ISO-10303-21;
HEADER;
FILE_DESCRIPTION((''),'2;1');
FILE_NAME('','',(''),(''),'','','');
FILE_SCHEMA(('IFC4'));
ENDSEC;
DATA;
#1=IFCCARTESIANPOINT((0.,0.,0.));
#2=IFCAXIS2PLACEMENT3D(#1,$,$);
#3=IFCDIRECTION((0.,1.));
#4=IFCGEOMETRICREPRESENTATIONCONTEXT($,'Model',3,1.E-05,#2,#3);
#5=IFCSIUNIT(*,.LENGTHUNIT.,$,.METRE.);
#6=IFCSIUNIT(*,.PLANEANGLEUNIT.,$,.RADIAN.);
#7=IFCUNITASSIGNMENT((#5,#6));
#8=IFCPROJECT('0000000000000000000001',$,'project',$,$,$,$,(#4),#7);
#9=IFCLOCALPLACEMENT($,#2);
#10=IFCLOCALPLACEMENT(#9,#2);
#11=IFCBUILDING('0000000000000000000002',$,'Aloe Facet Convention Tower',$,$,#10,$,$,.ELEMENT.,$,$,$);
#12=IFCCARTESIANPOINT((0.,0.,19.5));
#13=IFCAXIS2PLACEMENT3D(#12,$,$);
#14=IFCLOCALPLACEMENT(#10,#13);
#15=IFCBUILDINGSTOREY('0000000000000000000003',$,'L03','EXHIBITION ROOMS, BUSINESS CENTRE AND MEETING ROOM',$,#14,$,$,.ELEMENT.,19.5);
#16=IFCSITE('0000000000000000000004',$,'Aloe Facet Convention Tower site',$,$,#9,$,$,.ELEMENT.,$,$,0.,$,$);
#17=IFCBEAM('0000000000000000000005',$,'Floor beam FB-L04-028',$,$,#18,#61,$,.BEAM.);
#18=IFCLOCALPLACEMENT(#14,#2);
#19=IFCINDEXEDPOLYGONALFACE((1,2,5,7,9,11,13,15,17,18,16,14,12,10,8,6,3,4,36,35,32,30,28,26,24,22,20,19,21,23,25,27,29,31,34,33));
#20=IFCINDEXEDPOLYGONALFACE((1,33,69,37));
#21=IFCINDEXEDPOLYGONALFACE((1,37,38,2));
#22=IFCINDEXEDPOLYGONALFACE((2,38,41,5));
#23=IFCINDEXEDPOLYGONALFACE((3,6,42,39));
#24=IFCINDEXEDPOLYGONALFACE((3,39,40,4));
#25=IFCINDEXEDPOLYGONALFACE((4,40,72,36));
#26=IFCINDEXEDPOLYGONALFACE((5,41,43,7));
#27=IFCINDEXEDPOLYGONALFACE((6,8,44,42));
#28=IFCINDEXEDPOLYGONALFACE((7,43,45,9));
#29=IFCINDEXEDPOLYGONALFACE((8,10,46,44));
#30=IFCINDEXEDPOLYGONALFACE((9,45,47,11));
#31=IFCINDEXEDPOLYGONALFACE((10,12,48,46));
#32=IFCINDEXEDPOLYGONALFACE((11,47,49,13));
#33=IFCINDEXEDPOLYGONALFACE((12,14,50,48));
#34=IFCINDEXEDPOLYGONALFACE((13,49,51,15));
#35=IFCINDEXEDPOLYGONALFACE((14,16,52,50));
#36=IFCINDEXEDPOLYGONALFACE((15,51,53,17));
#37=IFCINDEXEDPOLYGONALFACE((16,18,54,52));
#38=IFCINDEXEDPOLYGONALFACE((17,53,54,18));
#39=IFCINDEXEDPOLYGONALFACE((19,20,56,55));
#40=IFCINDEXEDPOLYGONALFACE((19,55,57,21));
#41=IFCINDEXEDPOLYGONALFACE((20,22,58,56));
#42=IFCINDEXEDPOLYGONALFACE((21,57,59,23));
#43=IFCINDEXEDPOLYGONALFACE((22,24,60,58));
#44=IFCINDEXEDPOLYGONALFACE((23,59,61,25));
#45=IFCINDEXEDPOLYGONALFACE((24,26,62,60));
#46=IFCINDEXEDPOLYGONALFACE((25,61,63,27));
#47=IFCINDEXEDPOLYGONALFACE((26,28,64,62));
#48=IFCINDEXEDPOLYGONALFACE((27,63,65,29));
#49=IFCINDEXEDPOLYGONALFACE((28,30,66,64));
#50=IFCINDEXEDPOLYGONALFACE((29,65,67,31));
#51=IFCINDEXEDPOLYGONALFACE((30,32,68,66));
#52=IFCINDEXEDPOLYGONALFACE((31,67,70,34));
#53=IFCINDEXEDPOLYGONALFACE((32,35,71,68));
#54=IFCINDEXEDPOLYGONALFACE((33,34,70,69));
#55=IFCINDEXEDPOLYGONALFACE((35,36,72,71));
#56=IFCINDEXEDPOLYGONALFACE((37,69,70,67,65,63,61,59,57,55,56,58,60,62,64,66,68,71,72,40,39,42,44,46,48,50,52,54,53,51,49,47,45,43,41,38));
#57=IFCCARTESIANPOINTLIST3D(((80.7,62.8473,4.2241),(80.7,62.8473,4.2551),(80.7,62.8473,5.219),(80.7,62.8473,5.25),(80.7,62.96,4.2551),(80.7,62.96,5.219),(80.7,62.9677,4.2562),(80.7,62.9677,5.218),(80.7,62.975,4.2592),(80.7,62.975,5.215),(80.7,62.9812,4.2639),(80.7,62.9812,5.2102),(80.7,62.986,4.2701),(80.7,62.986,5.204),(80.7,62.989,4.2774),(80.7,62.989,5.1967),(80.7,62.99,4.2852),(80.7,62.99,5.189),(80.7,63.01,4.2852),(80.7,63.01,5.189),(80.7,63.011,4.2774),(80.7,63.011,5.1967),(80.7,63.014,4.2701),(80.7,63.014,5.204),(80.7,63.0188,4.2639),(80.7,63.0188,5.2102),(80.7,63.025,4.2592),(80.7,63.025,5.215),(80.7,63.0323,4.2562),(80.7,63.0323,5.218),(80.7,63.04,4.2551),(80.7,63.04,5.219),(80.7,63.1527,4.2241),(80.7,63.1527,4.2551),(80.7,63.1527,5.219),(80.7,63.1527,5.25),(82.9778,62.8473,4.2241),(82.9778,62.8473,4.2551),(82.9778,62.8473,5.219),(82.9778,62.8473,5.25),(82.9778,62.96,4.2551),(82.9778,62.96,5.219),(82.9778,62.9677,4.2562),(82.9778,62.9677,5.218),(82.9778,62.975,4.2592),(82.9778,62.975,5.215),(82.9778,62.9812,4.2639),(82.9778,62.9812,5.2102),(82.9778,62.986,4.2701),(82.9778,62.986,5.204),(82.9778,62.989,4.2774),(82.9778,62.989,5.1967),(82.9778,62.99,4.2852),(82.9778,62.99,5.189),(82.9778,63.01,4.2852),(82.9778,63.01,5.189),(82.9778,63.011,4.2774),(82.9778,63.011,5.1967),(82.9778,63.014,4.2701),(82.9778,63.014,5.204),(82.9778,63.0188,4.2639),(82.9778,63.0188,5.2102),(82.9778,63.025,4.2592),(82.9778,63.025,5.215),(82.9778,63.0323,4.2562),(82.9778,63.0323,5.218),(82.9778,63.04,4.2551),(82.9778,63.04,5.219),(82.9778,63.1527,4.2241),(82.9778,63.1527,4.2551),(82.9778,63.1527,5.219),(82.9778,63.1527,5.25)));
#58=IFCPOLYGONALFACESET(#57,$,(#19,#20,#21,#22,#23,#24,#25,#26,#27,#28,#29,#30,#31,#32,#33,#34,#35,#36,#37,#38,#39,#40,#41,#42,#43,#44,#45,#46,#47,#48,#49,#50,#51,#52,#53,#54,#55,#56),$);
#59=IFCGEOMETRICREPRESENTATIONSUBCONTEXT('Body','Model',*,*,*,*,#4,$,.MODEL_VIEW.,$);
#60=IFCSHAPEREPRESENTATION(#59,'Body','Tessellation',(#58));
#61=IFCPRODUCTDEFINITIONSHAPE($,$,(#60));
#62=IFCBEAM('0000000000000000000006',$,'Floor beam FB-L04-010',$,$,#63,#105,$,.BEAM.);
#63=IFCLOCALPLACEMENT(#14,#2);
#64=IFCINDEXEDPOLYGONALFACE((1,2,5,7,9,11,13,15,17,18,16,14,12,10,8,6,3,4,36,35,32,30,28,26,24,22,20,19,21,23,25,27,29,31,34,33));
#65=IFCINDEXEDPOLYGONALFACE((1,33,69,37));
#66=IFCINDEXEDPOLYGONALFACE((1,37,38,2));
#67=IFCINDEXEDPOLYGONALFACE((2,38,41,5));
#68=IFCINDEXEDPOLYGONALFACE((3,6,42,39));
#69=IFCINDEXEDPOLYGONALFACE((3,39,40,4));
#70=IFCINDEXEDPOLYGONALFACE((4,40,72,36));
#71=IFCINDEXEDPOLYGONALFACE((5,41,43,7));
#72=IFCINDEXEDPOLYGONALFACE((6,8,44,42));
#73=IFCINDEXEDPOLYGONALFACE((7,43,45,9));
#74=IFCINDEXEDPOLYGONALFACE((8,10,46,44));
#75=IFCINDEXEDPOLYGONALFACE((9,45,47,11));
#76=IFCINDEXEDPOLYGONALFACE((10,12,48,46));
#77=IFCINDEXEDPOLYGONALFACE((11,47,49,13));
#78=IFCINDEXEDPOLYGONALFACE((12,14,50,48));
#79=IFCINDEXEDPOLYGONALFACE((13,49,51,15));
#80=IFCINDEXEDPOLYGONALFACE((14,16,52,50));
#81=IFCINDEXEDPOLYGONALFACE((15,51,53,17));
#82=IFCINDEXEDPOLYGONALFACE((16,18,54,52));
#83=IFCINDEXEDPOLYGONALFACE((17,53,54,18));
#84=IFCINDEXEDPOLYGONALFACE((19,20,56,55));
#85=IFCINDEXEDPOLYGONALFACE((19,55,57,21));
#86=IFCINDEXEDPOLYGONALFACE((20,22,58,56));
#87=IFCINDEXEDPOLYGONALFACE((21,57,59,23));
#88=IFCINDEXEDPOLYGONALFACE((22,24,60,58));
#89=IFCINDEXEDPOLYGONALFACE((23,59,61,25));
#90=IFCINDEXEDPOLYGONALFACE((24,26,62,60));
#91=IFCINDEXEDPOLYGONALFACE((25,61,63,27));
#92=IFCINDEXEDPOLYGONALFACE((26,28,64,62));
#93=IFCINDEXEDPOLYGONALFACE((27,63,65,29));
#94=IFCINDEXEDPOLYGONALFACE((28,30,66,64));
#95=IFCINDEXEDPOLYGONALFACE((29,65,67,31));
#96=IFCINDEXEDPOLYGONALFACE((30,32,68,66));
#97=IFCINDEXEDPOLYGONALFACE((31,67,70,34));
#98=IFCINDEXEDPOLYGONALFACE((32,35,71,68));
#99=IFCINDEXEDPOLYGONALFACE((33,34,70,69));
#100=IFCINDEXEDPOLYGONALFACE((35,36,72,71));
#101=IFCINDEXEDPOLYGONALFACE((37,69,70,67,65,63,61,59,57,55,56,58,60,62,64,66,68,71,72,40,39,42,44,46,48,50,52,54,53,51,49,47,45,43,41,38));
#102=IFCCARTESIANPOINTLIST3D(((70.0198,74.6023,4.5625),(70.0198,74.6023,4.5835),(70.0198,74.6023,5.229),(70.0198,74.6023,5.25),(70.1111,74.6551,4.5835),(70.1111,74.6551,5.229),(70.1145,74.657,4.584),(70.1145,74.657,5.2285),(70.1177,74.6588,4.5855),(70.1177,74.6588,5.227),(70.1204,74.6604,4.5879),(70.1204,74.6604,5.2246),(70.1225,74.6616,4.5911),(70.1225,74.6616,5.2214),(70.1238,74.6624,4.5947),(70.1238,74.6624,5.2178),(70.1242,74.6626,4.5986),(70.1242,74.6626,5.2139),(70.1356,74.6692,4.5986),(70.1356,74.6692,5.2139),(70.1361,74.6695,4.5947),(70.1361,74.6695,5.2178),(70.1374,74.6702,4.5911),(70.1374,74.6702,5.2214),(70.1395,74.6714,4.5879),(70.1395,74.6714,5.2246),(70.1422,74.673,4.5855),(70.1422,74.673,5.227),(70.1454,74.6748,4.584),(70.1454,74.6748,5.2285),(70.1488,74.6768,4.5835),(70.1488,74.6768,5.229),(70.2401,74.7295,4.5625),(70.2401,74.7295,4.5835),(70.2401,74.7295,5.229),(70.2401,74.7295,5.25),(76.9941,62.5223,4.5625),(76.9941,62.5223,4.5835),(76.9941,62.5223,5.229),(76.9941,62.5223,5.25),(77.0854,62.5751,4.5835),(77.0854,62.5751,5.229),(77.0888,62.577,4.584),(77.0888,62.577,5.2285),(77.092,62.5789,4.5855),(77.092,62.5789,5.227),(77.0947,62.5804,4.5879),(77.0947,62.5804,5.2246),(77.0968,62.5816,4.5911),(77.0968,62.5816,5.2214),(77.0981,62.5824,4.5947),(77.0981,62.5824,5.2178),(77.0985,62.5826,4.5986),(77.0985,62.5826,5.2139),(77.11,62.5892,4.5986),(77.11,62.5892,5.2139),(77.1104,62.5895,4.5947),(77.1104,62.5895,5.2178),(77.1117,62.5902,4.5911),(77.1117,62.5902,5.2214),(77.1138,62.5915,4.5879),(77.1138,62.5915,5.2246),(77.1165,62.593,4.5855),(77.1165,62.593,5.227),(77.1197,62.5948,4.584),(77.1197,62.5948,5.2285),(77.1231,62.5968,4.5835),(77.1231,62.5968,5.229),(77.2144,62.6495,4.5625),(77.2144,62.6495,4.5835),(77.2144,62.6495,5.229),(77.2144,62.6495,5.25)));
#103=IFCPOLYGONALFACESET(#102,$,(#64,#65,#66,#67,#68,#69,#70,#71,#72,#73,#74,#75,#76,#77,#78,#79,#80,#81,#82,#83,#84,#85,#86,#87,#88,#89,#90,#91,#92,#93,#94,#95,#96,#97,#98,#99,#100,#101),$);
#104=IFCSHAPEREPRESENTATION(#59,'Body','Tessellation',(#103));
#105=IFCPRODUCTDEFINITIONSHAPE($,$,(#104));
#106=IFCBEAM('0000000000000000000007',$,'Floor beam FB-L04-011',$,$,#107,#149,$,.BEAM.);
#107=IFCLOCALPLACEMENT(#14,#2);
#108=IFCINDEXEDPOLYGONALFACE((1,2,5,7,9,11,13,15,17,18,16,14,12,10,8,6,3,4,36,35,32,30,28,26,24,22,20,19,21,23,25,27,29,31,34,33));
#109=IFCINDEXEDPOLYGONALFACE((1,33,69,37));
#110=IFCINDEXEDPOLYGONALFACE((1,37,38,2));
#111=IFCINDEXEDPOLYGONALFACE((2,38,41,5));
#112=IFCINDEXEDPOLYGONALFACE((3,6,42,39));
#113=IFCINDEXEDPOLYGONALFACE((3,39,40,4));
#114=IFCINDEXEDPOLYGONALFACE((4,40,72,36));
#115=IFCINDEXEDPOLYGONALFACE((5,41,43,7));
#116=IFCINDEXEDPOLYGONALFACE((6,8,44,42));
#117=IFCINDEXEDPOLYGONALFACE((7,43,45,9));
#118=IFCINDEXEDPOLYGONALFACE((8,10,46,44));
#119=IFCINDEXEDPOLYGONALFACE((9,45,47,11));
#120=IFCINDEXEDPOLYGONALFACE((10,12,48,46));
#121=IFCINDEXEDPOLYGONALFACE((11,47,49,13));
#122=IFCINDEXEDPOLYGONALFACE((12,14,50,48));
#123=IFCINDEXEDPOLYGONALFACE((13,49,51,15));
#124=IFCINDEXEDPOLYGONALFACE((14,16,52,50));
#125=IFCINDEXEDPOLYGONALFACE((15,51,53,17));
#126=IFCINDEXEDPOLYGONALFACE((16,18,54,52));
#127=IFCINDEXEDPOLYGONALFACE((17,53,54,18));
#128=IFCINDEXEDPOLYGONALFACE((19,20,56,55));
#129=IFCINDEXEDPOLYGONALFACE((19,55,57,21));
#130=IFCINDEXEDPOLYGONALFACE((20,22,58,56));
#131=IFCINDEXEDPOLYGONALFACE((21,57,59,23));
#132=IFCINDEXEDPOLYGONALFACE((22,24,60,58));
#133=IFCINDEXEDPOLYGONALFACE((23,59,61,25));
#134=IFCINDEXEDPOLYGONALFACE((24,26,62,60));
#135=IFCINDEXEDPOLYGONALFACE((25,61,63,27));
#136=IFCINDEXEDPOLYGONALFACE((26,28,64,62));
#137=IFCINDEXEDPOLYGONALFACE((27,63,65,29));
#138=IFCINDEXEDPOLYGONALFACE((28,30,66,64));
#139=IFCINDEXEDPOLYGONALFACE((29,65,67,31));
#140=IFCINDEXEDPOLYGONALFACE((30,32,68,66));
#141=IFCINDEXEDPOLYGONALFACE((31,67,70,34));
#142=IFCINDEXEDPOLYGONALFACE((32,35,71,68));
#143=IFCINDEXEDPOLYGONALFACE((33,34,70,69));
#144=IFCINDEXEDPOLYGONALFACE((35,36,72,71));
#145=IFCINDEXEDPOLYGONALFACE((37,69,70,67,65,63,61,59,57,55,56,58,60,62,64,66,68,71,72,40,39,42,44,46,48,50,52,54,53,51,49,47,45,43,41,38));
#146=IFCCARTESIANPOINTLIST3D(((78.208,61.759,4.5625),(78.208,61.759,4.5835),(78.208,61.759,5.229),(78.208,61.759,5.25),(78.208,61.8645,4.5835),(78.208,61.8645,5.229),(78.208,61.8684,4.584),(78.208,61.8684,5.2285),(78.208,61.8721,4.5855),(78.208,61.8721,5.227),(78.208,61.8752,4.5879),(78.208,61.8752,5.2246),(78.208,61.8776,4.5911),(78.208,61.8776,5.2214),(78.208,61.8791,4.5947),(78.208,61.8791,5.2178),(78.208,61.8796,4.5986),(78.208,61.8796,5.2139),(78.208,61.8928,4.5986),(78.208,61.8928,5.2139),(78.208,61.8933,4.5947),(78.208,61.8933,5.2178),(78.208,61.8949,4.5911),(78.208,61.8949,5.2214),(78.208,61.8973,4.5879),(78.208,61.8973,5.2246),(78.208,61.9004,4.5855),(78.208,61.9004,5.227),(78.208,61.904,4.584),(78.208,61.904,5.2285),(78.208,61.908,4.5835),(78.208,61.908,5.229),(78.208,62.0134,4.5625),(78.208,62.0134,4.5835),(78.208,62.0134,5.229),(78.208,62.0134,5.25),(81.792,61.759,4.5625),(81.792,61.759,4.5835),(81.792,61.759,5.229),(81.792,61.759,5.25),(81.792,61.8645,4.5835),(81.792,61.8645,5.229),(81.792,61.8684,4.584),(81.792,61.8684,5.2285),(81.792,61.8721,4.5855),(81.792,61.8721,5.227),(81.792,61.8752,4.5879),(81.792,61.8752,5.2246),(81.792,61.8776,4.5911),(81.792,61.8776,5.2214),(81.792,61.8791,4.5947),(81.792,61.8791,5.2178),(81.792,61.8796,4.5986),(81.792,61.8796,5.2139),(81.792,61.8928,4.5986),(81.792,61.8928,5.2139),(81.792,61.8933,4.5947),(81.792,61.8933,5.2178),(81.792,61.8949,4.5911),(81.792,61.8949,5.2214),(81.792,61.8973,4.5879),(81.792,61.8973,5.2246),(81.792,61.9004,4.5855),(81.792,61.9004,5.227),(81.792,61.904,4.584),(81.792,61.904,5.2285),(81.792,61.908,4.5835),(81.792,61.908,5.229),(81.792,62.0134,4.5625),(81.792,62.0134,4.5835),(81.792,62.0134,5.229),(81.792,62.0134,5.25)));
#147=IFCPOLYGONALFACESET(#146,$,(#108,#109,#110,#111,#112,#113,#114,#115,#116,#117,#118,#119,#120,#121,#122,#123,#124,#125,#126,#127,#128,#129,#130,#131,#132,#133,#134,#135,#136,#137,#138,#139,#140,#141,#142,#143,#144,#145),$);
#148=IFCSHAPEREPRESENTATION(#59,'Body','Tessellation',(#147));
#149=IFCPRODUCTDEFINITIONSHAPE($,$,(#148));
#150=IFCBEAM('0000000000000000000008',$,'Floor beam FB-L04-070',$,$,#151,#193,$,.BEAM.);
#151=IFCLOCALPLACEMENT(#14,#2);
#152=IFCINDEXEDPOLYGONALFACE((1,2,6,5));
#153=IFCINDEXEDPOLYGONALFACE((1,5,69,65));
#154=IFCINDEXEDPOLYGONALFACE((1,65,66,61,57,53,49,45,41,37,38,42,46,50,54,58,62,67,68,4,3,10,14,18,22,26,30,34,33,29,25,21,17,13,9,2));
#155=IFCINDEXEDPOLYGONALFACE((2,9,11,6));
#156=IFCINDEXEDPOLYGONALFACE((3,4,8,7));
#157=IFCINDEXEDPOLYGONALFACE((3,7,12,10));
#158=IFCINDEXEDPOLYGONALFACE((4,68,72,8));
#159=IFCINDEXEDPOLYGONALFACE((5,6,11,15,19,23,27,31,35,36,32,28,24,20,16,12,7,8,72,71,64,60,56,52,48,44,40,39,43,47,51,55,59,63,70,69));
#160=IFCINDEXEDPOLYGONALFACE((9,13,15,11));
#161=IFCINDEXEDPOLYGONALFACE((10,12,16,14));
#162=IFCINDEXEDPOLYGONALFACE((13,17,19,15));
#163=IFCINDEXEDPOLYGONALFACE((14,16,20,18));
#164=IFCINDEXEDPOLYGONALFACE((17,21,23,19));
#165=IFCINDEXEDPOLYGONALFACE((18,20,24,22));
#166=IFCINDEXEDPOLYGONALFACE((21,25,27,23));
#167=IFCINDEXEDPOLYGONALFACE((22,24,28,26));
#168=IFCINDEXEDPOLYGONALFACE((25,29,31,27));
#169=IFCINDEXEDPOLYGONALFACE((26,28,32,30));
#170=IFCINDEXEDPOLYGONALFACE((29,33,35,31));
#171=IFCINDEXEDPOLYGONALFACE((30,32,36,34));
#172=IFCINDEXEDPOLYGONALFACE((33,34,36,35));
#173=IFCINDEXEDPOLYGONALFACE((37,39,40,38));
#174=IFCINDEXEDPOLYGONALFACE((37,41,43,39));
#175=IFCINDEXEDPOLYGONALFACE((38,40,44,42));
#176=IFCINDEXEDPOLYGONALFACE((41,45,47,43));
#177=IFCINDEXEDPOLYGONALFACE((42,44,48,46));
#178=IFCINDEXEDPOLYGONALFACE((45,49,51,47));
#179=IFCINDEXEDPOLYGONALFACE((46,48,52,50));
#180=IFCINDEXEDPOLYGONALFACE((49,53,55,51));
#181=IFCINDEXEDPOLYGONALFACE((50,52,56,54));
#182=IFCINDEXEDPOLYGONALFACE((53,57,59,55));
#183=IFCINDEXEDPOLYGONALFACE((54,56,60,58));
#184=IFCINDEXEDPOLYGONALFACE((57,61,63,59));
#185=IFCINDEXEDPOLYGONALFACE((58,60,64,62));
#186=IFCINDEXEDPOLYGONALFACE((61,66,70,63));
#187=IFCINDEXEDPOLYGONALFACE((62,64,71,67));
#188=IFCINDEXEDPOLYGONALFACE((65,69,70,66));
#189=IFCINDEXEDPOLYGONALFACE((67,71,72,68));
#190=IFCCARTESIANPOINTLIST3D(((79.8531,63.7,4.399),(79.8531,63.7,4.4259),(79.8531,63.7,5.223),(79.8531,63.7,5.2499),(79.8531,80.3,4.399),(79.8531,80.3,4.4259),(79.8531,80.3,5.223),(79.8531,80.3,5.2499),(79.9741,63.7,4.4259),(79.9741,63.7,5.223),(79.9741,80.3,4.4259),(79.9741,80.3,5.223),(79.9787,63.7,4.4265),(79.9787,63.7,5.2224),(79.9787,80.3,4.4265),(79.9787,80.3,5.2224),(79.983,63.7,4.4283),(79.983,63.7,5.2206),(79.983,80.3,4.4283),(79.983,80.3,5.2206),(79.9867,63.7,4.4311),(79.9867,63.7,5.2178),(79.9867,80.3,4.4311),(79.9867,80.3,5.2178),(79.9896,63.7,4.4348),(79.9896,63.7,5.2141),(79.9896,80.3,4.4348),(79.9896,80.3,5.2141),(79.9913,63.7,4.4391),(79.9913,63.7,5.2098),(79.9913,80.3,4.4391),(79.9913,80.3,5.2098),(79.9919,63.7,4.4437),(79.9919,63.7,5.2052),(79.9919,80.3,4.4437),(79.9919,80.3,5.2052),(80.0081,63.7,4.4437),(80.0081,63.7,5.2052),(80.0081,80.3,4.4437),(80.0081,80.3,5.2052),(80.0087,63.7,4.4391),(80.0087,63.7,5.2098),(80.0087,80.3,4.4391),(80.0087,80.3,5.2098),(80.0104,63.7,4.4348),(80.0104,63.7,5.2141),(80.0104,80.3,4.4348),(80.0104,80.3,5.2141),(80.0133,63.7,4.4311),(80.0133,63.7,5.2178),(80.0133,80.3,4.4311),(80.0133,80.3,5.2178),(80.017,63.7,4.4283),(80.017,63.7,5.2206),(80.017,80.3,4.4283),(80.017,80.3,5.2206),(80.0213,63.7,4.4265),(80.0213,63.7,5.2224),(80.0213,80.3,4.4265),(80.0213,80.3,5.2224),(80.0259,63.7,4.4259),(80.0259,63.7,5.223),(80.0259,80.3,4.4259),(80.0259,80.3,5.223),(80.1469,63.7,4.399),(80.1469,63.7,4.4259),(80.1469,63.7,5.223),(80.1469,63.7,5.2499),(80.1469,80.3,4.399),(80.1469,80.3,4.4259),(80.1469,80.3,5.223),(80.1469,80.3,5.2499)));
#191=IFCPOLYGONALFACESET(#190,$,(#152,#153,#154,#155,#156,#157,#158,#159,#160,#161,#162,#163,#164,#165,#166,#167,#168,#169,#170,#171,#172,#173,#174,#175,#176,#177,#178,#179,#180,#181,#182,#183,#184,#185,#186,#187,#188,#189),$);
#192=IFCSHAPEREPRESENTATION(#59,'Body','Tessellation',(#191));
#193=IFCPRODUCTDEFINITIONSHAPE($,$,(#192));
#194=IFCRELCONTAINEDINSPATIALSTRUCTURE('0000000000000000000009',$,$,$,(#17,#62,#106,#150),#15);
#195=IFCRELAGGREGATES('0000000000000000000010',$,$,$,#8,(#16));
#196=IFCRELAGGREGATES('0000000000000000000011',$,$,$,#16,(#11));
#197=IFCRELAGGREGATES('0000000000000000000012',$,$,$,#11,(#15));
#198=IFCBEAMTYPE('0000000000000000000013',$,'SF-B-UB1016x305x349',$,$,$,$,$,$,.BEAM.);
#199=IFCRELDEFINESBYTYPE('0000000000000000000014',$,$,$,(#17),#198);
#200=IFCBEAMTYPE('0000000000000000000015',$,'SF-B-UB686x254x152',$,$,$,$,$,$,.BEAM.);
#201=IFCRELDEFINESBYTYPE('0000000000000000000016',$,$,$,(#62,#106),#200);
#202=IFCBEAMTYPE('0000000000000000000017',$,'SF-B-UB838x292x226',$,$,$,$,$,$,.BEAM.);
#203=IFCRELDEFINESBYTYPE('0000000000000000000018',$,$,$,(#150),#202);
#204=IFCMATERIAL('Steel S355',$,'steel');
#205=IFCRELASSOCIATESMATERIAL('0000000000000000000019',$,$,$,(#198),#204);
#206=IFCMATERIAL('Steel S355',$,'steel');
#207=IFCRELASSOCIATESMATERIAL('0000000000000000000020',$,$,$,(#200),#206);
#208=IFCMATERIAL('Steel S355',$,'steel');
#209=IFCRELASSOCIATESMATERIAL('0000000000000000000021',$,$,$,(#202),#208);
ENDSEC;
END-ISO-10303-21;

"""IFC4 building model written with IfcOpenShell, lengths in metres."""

from ifc_helpers import new_model, si_unit, direction, frame, origin, origin_2d, place, context, subcontext, project, spatial, i_section, extrude, material, material_profile, profile_set, type_object, element, save


model = new_model("IFC4")

# Units and contexts
model_context = context("Model", 3, precision=1e-05, world=origin(), true_north=direction((0.0, 1.0)))
body_context = subcontext(model_context, "Body", "Model", "MODEL_VIEW")
ifc_project = project(units=[si_unit("LENGTHUNIT", "METRE"), si_unit("PLANEANGLEUNIT", "RADIAN")], contexts=[model_context])

# Site, building, storey
site_placement = place(None, origin())
site = spatial("IfcSite", under=ifc_project, at=site_placement, Name="Aloe Facet Convention Tower site", CompositionType="ELEMENT", RefElevation=0.0)
building_placement = place(site_placement, origin())
building = spatial("IfcBuilding", under=site, at=building_placement, Name="Aloe Facet Convention Tower", CompositionType="ELEMENT")
storey_placement = place(building_placement, frame((0.0, 0.0, 19.5)))
storey = spatial("IfcBuildingStorey", under=building, at=storey_placement, Name="L03", Description="EXHIBITION ROOMS, BUSINESS CENTRE AND MEETING ROOM", CompositionType="ELEMENT", Elevation=19.5)

# Beams
ifc_material_1 = material(Name="Steel S355", Category="steel")
ifc_material_profile_1 = material_profile(ifc_material_1, i_section(OverallWidth=0.3054, OverallDepth=1.0259, WebThickness=0.02, FlangeThickness=0.031, FilletRadius=0.03, at=origin_2d()), Name="UB 1016x305x349")
ifc_profile_set_1 = profile_set([ifc_material_profile_1], Name="Steel S355")
beam_type_1 = type_object("IfcBeamType", Name="SF-B-UB1016x305x349", PredefinedType="BEAM", material=ifc_profile_set_1)
for number, where, z_axis, x_axis, name in (
    (1, (80.7, 63.0, 4.7371), (1.0, 0.0, 0.0), (0.0, 1.0, 0.0), "Floor beam FB-L04-028"),
):
    element("IfcBeam", number, at=place(storey_placement, frame(where, z_axis=z_axis, x_axis=x_axis)), inside=storey, type_object=beam_type_1, Name=name, PredefinedType="BEAM", context=body_context, shape_type="SweptSolid", body=[
        extrude(i_section(OverallWidth=0.3054, OverallDepth=1.0259, WebThickness=0.02, FlangeThickness=0.031, FilletRadius=0.03, at=origin_2d()), origin(), (0.0, 0.0, 1.0), 2.2778),
    ])
ifc_material_2 = material(Name="Steel S355", Category="steel")
ifc_material_profile_2 = material_profile(ifc_material_2, i_section(OverallWidth=0.2544, OverallDepth=0.6875, WebThickness=0.0132, FlangeThickness=0.021, FilletRadius=0.0151, at=origin_2d()), Name="UB 686x254x152")
ifc_profile_set_2 = profile_set([ifc_material_profile_2], Name="Steel S355")
beam_type_2 = type_object("IfcBeamType", Name="SF-B-UB686x254x152", PredefinedType="BEAM", material=ifc_profile_set_2)
beam_1_placement = place(storey_placement, frame((77.1042, 62.5859, 4.9062), z_axis=(-0.499996, 0.866028, 0.0), x_axis=(-0.866028, -0.499996, 0.0)))
element("IfcBeam", 2, at=beam_1_placement, inside=storey, type_object=beam_type_2, Name="Floor beam FB-L04-010", PredefinedType="BEAM", context=body_context, shape_type="SweptSolid", body=[
    extrude(i_section(OverallWidth=0.2544, OverallDepth=0.6875, WebThickness=0.0132, FlangeThickness=0.021, FilletRadius=0.0151, at=origin_2d()), origin(), (0.0, 0.0, 1.0), 13.9487),
])
beam_2_placement = place(storey_placement, frame((81.792, 61.8862, 4.9062), z_axis=(-1.0, 0.0, 0.0), x_axis=(0.0, -1.0, 0.0)))
element("IfcBeam", 3, at=beam_2_placement, inside=storey, type_object=beam_type_2, Name="Floor beam FB-L04-011", PredefinedType="BEAM", context=body_context, shape_type="SweptSolid", body=[
    extrude(i_section(OverallWidth=0.2544, OverallDepth=0.6875, WebThickness=0.0132, FlangeThickness=0.021, FilletRadius=0.0151, at=origin_2d()), origin(), (0.0, 0.0, 1.0), 3.584),
])
ifc_material_3 = material(Name="Steel S355", Category="steel")
ifc_material_profile_3 = material_profile(ifc_material_3, i_section(OverallWidth=0.2937, OverallDepth=0.8508, WebThickness=0.0161, FlangeThickness=0.0269, FilletRadius=0.0178, at=origin_2d()), Name="UB 838x292x226")
ifc_profile_set_3 = profile_set([ifc_material_profile_3], Name="Steel S355")
beam_type_3 = type_object("IfcBeamType", Name="SF-B-UB838x292x226", PredefinedType="BEAM", material=ifc_profile_set_3)
beam_3_placement = place(storey_placement, frame((80.0, 63.7, 4.8245), z_axis=(0.0, 1.0, 0.0), x_axis=(-1.0, 0.0, 0.0)))
element("IfcBeam", 4, at=beam_3_placement, inside=storey, type_object=beam_type_3, Name="Floor beam FB-L04-070", PredefinedType="BEAM", context=body_context, shape_type="SweptSolid", body=[
    extrude(i_section(OverallWidth=0.2937, OverallDepth=0.8508, WebThickness=0.0161, FlangeThickness=0.0269, FilletRadius=0.0178, at=origin_2d()), origin(), (0.0, 0.0, 1.0), 16.6001),
])

save(model, "model.ifc")
